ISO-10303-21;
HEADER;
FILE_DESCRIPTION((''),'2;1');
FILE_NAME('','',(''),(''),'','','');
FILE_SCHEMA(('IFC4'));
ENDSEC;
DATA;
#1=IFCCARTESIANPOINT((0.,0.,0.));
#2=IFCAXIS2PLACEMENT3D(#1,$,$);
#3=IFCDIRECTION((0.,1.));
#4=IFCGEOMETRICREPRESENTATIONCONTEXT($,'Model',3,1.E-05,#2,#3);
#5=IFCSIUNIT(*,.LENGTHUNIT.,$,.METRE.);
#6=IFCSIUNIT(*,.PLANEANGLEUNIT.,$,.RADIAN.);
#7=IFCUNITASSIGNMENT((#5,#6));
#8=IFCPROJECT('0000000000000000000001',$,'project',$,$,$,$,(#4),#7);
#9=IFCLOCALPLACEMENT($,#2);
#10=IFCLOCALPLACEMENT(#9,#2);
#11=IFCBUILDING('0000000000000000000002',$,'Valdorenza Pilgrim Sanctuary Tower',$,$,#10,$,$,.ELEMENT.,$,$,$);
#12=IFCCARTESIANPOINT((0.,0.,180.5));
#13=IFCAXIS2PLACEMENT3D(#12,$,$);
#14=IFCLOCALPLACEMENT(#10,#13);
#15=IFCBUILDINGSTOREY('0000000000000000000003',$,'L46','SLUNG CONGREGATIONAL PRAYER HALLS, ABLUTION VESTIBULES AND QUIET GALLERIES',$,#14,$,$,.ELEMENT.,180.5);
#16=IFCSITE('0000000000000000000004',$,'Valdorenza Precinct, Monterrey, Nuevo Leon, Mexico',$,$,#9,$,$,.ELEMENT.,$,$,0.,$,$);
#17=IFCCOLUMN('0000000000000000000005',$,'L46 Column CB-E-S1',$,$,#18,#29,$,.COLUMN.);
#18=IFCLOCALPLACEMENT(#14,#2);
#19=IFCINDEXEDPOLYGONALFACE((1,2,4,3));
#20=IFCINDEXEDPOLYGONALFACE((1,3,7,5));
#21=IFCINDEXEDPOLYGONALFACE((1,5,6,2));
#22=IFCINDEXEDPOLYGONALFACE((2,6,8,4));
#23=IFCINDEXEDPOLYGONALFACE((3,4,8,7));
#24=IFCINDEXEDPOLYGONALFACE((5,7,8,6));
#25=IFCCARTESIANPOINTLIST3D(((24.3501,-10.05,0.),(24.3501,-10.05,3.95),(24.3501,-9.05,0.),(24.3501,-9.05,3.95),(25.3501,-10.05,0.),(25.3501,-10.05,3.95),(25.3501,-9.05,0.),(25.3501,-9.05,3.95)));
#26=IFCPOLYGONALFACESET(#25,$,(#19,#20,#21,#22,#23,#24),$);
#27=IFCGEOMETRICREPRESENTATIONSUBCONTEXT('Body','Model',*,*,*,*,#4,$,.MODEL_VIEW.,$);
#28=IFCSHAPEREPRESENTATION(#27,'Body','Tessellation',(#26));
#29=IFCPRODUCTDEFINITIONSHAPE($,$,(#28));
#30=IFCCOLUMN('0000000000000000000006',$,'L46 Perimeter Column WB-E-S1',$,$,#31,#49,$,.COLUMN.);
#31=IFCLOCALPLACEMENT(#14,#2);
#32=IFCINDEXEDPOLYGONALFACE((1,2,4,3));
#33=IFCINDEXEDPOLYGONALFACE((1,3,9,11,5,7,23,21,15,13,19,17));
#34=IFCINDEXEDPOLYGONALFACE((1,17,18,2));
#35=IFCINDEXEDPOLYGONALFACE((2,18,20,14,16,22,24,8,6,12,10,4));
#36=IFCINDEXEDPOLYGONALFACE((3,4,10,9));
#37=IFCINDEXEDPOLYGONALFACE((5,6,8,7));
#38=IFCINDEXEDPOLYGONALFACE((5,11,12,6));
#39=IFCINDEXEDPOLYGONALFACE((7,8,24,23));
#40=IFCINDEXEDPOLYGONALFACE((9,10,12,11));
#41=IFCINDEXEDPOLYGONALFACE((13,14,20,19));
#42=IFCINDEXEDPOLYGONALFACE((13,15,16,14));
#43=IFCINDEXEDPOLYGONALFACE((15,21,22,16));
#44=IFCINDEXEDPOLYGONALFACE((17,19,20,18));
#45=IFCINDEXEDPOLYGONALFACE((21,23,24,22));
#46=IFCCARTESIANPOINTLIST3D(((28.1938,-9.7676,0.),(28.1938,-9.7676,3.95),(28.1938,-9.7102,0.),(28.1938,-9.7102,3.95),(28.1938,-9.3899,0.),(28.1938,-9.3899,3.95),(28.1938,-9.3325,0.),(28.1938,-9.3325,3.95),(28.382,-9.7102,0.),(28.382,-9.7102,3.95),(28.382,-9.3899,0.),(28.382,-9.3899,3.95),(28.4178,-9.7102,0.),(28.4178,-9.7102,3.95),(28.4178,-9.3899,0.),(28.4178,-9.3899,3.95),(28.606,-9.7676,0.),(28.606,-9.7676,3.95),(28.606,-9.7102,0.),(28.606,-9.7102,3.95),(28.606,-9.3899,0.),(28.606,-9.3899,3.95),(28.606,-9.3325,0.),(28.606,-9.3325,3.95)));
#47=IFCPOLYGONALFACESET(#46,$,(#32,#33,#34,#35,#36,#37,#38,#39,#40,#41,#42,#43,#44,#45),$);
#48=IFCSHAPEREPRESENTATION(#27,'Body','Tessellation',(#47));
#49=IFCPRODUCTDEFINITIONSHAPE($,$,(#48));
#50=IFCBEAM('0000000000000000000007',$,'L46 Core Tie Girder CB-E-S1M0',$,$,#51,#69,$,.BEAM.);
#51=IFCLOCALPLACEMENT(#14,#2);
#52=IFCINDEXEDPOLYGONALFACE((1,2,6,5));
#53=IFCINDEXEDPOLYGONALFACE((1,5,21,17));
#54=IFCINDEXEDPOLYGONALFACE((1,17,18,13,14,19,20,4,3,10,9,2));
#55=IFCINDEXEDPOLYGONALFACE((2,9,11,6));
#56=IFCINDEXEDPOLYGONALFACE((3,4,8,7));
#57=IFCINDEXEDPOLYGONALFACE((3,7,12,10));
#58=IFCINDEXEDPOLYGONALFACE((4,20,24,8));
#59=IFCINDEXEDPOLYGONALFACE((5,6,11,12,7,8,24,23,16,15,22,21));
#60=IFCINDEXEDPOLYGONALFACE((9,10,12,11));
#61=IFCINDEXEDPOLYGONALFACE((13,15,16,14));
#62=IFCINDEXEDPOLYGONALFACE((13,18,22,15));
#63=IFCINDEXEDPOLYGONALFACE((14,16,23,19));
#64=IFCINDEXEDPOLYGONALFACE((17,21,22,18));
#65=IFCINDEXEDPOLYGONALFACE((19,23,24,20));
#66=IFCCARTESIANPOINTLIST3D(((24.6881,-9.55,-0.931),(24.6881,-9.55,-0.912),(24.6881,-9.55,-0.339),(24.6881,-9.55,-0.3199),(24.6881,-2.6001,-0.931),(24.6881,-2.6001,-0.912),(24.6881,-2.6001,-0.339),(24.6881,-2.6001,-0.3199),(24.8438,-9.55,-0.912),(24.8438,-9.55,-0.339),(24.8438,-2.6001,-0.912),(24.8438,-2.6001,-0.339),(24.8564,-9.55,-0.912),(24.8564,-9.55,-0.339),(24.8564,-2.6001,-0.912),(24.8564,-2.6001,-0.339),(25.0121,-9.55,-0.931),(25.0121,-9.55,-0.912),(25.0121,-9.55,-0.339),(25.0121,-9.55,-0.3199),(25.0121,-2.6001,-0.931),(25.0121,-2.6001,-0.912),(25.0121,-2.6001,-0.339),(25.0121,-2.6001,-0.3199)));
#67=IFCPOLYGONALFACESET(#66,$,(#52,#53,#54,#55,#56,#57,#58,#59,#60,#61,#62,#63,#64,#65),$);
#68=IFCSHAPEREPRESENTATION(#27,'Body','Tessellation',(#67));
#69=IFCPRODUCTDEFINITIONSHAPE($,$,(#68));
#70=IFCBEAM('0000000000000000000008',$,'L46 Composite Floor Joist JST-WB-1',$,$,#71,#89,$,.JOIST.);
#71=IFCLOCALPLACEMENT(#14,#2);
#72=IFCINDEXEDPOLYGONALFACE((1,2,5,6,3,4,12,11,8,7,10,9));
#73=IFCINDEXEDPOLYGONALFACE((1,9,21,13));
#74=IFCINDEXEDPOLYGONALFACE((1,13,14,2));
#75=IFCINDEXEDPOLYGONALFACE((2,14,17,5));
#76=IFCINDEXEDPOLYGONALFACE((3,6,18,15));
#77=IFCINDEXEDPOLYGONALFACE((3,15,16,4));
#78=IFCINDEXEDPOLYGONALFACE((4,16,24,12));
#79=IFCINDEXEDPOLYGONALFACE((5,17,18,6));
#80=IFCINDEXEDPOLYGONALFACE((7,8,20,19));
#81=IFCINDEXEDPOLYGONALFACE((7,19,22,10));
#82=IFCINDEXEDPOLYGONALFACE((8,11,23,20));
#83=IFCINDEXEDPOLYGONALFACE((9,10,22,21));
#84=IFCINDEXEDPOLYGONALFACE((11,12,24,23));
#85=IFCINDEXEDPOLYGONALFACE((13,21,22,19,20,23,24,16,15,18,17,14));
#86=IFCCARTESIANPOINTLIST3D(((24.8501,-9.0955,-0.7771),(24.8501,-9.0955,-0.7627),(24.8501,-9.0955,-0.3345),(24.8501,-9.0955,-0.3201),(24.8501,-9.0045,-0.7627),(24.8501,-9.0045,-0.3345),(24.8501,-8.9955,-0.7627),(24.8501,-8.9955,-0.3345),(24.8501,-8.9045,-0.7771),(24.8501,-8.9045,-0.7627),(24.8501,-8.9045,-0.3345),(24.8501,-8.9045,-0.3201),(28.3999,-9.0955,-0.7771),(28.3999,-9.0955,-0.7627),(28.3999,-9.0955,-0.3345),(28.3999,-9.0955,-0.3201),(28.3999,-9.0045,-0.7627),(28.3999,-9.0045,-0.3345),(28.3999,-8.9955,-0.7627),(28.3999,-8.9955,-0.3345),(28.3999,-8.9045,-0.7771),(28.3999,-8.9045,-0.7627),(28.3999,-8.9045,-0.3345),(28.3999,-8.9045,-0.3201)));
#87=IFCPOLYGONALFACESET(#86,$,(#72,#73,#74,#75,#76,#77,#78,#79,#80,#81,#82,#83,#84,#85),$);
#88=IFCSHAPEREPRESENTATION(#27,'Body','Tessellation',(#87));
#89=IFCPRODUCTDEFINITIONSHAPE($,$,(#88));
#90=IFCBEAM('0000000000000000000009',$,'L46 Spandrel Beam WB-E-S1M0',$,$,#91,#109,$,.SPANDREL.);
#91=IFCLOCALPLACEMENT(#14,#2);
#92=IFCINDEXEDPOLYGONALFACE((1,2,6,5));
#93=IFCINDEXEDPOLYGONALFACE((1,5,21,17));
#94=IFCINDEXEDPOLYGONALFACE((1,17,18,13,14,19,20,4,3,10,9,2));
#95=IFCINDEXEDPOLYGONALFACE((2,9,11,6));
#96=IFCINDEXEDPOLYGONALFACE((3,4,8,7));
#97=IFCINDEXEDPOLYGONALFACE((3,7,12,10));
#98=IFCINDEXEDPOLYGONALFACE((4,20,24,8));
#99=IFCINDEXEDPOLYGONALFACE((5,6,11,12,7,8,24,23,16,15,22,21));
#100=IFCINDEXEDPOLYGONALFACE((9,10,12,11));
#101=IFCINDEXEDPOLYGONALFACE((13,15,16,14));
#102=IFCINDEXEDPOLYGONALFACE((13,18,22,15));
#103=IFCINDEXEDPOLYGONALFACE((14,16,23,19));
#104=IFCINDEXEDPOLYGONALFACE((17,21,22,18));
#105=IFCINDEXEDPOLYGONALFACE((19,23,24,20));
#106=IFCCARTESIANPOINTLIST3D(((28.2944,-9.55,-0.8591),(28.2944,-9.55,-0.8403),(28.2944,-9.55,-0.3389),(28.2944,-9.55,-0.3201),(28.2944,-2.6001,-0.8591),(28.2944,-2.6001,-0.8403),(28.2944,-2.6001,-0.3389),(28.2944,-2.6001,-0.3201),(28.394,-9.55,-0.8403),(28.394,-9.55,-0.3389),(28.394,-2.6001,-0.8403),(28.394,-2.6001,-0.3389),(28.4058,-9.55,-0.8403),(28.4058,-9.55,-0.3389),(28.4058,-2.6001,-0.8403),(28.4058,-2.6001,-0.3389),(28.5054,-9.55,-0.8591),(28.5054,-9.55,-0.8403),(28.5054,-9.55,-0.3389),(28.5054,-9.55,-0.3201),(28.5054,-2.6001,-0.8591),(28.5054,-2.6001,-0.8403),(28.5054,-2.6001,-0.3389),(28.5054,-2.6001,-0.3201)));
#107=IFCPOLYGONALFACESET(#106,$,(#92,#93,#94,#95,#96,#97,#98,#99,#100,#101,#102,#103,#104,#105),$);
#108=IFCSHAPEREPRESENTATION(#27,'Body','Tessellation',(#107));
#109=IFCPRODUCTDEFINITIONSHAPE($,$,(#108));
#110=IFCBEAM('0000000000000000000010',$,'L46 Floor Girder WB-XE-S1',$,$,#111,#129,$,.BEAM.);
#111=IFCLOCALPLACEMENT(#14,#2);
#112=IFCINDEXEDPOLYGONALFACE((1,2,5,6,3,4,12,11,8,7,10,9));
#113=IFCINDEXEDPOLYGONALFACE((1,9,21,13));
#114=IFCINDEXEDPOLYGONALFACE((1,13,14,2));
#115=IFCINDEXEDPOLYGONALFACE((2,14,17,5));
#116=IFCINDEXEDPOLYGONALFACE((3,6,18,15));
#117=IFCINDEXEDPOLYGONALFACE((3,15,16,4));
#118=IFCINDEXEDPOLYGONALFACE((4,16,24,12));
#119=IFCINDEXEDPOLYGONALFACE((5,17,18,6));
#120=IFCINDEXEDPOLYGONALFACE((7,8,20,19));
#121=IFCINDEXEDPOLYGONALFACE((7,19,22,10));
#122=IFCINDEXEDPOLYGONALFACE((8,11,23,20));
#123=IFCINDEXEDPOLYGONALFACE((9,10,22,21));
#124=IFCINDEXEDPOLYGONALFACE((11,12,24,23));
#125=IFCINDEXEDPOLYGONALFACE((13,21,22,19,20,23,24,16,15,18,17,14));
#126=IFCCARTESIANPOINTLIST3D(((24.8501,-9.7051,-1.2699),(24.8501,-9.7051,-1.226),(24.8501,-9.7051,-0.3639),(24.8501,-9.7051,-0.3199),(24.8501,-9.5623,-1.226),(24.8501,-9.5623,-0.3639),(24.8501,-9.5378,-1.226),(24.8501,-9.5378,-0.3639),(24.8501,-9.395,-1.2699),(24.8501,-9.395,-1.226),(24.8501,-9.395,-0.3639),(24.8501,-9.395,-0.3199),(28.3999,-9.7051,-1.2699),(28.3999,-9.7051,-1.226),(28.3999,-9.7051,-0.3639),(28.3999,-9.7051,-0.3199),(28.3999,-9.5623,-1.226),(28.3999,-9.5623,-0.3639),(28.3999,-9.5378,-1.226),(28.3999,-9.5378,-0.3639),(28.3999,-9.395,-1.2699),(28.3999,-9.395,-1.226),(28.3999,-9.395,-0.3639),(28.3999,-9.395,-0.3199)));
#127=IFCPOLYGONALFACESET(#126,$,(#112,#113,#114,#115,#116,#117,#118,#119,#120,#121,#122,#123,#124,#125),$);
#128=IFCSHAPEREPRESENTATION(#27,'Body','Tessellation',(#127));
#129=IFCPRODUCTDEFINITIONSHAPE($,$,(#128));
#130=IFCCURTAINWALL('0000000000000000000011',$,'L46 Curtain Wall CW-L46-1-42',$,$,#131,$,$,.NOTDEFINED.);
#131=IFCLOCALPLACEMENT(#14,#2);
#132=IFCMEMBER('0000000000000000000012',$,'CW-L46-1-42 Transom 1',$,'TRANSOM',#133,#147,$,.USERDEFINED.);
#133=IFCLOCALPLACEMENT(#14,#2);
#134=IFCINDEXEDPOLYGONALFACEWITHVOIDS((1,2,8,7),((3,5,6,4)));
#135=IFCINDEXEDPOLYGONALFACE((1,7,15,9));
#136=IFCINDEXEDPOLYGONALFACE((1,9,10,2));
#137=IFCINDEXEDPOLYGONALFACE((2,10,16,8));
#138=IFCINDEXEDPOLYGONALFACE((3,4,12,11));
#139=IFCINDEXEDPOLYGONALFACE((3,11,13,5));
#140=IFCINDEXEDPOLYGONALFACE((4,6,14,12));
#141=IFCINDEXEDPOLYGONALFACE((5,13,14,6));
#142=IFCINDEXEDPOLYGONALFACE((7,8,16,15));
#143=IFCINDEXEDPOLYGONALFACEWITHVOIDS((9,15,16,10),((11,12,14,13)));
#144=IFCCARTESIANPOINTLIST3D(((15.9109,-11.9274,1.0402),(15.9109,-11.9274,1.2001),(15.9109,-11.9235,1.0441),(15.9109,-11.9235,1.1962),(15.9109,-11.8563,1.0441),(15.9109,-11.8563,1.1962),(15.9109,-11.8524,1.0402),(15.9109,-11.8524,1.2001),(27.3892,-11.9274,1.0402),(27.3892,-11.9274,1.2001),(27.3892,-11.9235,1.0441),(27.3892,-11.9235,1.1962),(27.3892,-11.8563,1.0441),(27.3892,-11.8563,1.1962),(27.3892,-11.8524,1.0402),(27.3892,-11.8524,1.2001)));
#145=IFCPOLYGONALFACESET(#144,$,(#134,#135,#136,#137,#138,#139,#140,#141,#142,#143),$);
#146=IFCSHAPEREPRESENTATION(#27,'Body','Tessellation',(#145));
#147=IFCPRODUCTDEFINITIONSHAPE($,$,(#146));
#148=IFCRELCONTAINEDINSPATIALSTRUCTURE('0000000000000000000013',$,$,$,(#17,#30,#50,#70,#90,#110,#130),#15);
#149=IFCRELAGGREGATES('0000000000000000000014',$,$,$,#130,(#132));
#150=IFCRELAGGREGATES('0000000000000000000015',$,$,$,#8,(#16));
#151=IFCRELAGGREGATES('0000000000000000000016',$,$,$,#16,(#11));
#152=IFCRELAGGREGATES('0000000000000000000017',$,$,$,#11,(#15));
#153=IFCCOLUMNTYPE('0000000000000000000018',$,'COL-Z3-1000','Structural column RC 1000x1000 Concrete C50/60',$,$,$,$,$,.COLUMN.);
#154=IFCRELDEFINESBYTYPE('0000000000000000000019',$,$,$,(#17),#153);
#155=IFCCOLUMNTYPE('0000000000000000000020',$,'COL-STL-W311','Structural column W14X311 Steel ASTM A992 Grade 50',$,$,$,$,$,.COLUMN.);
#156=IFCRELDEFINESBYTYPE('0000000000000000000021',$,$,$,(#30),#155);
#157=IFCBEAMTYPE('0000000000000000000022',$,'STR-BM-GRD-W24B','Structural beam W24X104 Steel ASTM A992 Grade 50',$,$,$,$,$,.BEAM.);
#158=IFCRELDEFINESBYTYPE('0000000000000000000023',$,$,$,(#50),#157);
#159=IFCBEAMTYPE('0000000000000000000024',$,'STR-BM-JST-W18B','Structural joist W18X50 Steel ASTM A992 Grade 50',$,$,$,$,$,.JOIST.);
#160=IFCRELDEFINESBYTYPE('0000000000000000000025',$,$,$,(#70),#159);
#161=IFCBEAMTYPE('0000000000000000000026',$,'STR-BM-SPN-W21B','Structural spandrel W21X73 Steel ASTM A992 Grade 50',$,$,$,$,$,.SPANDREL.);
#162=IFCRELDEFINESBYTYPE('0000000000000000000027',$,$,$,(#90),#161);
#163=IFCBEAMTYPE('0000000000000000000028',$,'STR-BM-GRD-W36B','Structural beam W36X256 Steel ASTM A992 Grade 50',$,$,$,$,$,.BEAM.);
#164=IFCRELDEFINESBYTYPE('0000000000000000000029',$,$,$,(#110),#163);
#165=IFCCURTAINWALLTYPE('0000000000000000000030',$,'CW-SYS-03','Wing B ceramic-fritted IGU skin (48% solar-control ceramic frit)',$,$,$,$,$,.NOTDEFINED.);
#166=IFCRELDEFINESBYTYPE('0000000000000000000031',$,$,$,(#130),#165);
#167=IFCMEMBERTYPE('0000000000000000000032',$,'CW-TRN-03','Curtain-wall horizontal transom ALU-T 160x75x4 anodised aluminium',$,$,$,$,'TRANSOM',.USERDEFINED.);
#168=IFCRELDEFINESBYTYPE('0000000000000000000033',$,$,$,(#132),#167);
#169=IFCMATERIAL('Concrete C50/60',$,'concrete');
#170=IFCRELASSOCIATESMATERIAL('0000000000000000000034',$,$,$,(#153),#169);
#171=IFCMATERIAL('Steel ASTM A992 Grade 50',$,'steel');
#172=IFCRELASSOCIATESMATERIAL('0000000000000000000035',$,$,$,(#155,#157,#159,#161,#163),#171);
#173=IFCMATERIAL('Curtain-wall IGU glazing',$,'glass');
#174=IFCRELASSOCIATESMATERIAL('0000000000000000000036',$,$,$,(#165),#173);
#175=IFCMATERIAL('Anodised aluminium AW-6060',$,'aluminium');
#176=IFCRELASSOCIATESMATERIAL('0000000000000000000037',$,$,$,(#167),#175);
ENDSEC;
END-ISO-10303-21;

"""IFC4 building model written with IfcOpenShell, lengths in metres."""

from ifc_helpers import new_model, si_unit, direction, frame, origin, origin_2d, place, context, subcontext, project, spatial, rectangle, hollow_rectangle, i_section, extrude, source, transform, mapped, material, material_profile, profile_set, type_object, element, aggregate, save


model = new_model("IFC4")

# Units and contexts
model_context = context("Model", 3, precision=1e-05, world=origin(), true_north=direction((0.0, 1.0)))
body_context = subcontext(model_context, "Body", "Model", "MODEL_VIEW")
ifc_project = project(units=[si_unit("LENGTHUNIT", "METRE"), si_unit("PLANEANGLEUNIT", "RADIAN")], contexts=[model_context])

# Site, building, storey
site_placement = place(None, origin())
site = spatial("IfcSite", under=ifc_project, at=site_placement, Name="Valdorenza Precinct, Monterrey, Nuevo Leon, Mexico", CompositionType="ELEMENT", RefElevation=0.0)
building_placement = place(site_placement, origin())
building = spatial("IfcBuilding", under=site, at=building_placement, Name="Valdorenza Pilgrim Sanctuary Tower", CompositionType="ELEMENT")
storey_placement = place(building_placement, frame((0.0, 0.0, 180.5)))
storey = spatial("IfcBuildingStorey", under=building, at=storey_placement, Name="L46", Description="SLUNG CONGREGATIONAL PRAYER HALLS, ABLUTION VESTIBULES AND QUIET GALLERIES", CompositionType="ELEMENT", Elevation=180.5)

# Columns
ifc_material_1 = material(Name="Concrete C50/60", Category="concrete")
ifc_material_profile_1 = material_profile(ifc_material_1, rectangle(XDim=1.0, YDim=1.0, at=origin_2d()), Name="RC 1000x1000")
ifc_profile_set_1 = profile_set([ifc_material_profile_1], Name="Concrete C50/60")
column_type_1 = type_object("IfcColumnType", Name="COL-Z3-1000", Description="Structural column RC 1000x1000 Concrete C50/60", PredefinedType="COLUMN", material=ifc_profile_set_1)
shared_shape_1 = source(origin(), body_context, "Body", "SweptSolid", [
    extrude(rectangle(XDim=1.0, YDim=1.0, at=origin_2d()), origin(), (0.0, 0.0, 1.0), 3.95),
])
column_1_placement = place(storey_placement, frame((24.8501, -9.55, 0.0), z_axis=(0.0, 0.0, 1.0), x_axis=(1.0, 0.0, 0.0)))
element("IfcColumn", 1, at=column_1_placement, inside=storey, type_object=column_type_1, Name="L46 Column CB-E-S1", PredefinedType="COLUMN", context=body_context, shape_type="MappedRepresentation", body=[
    mapped(shared_shape_1, transform((0.0, 0.0, 0.0), x_axis=(1.0, 0.0, 0.0), y_axis=(0.0, 1.0, 0.0), z_axis=(0.0, 0.0, 1.0), scale=1.0)),
])
ifc_material_2 = material(Name="Steel ASTM A992 Grade 50", Category="steel")
ifc_material_profile_2 = material_profile(ifc_material_2, i_section(OverallWidth=0.4121, OverallDepth=0.4351, WebThickness=0.0359, FlangeThickness=0.0574, at=origin_2d()), Name="W14X311")
ifc_profile_set_2 = profile_set([ifc_material_profile_2], Name="Steel ASTM A992 Grade 50")
column_type_2 = type_object("IfcColumnType", Name="COL-STL-W311", Description="Structural column W14X311 Steel ASTM A992 Grade 50", PredefinedType="COLUMN", material=ifc_profile_set_2)
shared_shape_2 = source(origin(), body_context, "Body", "SweptSolid", [
    extrude(i_section(OverallWidth=0.4121, OverallDepth=0.4351, WebThickness=0.0359, FlangeThickness=0.0574, at=origin_2d()), origin(), (0.0, 0.0, 1.0), 3.95),
])
column_2_placement = place(storey_placement, frame((28.3999, -9.55, 0.0), z_axis=(0.0, 0.0, 1.0), x_axis=(1.0, 0.0, 0.0)))
element("IfcColumn", 2, at=column_2_placement, inside=storey, type_object=column_type_2, Name="L46 Perimeter Column WB-E-S1", PredefinedType="COLUMN", context=body_context, shape_type="MappedRepresentation", body=[
    mapped(shared_shape_2, transform((0.0, 0.0, 0.0), x_axis=(1.0, 0.0, 0.0), y_axis=(0.0, 1.0, 0.0), z_axis=(0.0, 0.0, 1.0), scale=1.0)),
])

# Beams
ifc_material_profile_3 = material_profile(ifc_material_2, i_section(OverallWidth=0.324, OverallDepth=0.6111, WebThickness=0.0127, FlangeThickness=0.019, at=origin_2d()), Name="W24X104")
ifc_profile_set_3 = profile_set([ifc_material_profile_3], Name="Steel ASTM A992 Grade 50")
beam_type_1 = type_object("IfcBeamType", Name="STR-BM-GRD-W24B", Description="Structural beam W24X104 Steel ASTM A992 Grade 50", PredefinedType="BEAM", material=ifc_profile_set_3)
shared_shape_3 = source(origin(), body_context, "Body", "SweptSolid", [
    extrude(i_section(OverallWidth=0.324, OverallDepth=0.6111, WebThickness=0.0127, FlangeThickness=0.019, at=origin_2d()), origin(), (0.0, 0.0, 1.0), 6.95),
])
beam_1_placement = place(storey_placement, frame((24.8501, -9.55, -0.6255), z_axis=(0.0, 1.0, 0.0), x_axis=(-1.0, 0.0, 0.0)))
element("IfcBeam", 3, at=beam_1_placement, inside=storey, type_object=beam_type_1, Name="L46 Core Tie Girder CB-E-S1M0", PredefinedType="BEAM", context=body_context, shape_type="MappedRepresentation", body=[
    mapped(shared_shape_3, transform((0.0, 0.0, 0.0), x_axis=(1.0, 0.0, 0.0), y_axis=(0.0, 1.0, 0.0), z_axis=(0.0, 0.0, 1.0), scale=1.0)),
])
ifc_material_profile_4 = material_profile(ifc_material_2, i_section(OverallWidth=0.1909, OverallDepth=0.457, WebThickness=0.009, FlangeThickness=0.0144, at=origin_2d()), Name="W18X50")
ifc_profile_set_4 = profile_set([ifc_material_profile_4], Name="Steel ASTM A992 Grade 50")
beam_type_2 = type_object("IfcBeamType", Name="STR-BM-JST-W18B", Description="Structural joist W18X50 Steel ASTM A992 Grade 50", PredefinedType="JOIST", material=ifc_profile_set_4)
shared_shape_4 = source(origin(), body_context, "Body", "SweptSolid", [
    extrude(i_section(OverallWidth=0.1909, OverallDepth=0.457, WebThickness=0.009, FlangeThickness=0.0144, at=origin_2d()), origin(), (0.0, 0.0, 1.0), 3.5498),
])
beam_2_placement = place(storey_placement, frame((24.8501, -9.0, -0.5486), z_axis=(1.0, 0.0, 0.0), x_axis=(0.0, 1.0, 0.0)))
element("IfcBeam", 4, at=beam_2_placement, inside=storey, type_object=beam_type_2, Name="L46 Composite Floor Joist JST-WB-1", PredefinedType="JOIST", context=body_context, shape_type="MappedRepresentation", body=[
    mapped(shared_shape_4, transform((0.0, 0.0, 0.0), x_axis=(1.0, 0.0, 0.0), y_axis=(0.0, 1.0, 0.0), z_axis=(0.0, 0.0, 1.0), scale=1.0)),
])
ifc_material_profile_5 = material_profile(ifc_material_2, i_section(OverallWidth=0.2109, OverallDepth=0.5391, WebThickness=0.0117, FlangeThickness=0.0188, at=origin_2d()), Name="W21X73")
ifc_profile_set_5 = profile_set([ifc_material_profile_5], Name="Steel ASTM A992 Grade 50")
beam_type_3 = type_object("IfcBeamType", Name="STR-BM-SPN-W21B", Description="Structural spandrel W21X73 Steel ASTM A992 Grade 50", PredefinedType="SPANDREL", material=ifc_profile_set_5)
shared_shape_5 = source(origin(), body_context, "Body", "SweptSolid", [
    extrude(i_section(OverallWidth=0.2109, OverallDepth=0.5391, WebThickness=0.0117, FlangeThickness=0.0188, at=origin_2d()), origin(), (0.0, 0.0, 1.0), 6.95),
])
beam_3_placement = place(storey_placement, frame((28.3999, -9.55, -0.5896), z_axis=(0.0, 1.0, 0.0), x_axis=(-1.0, 0.0, 0.0)))
element("IfcBeam", 5, at=beam_3_placement, inside=storey, type_object=beam_type_3, Name="L46 Spandrel Beam WB-E-S1M0", PredefinedType="SPANDREL", context=body_context, shape_type="MappedRepresentation", body=[
    mapped(shared_shape_5, transform((0.0, 0.0, 0.0), x_axis=(1.0, 0.0, 0.0), y_axis=(0.0, 1.0, 0.0), z_axis=(0.0, 0.0, 1.0), scale=1.0)),
])
ifc_material_profile_6 = material_profile(ifc_material_2, i_section(OverallWidth=0.3101, OverallDepth=0.95, WebThickness=0.0244, FlangeThickness=0.0439, at=origin_2d()), Name="W36X256")
ifc_profile_set_6 = profile_set([ifc_material_profile_6], Name="Steel ASTM A992 Grade 50")
beam_type_4 = type_object("IfcBeamType", Name="STR-BM-GRD-W36B", Description="Structural beam W36X256 Steel ASTM A992 Grade 50", PredefinedType="BEAM", material=ifc_profile_set_6)
shared_shape_6 = source(origin(), body_context, "Body", "SweptSolid", [
    extrude(i_section(OverallWidth=0.3101, OverallDepth=0.95, WebThickness=0.0244, FlangeThickness=0.0439, at=origin_2d()), origin(), (0.0, 0.0, 1.0), 3.5498),
])
beam_4_placement = place(storey_placement, frame((24.8501, -9.55, -0.7949), z_axis=(1.0, 0.0, 0.0), x_axis=(0.0, 1.0, 0.0)))
element("IfcBeam", 6, at=beam_4_placement, inside=storey, type_object=beam_type_4, Name="L46 Floor Girder WB-XE-S1", PredefinedType="BEAM", context=body_context, shape_type="MappedRepresentation", body=[
    mapped(shared_shape_6, transform((0.0, 0.0, 0.0), x_axis=(1.0, 0.0, 0.0), y_axis=(0.0, 1.0, 0.0), z_axis=(0.0, 0.0, 1.0), scale=1.0)),
])

# Curtain wall, member
ifc_material_3 = material(Name="Curtain-wall IGU glazing", Category="glass")
curtain_wall_type = type_object("IfcCurtainWallType", Name="CW-SYS-03", Description="Wing B ceramic-fritted IGU skin (48% solar-control ceramic frit)", PredefinedType="NOTDEFINED", material=ifc_material_3)
curtain_wall_1_placement = place(storey_placement, origin())
curtain_wall_1 = element("IfcCurtainWall", 7, at=curtain_wall_1_placement, inside=storey, type_object=curtain_wall_type, Name="L46 Curtain Wall CW-L46-1-42", PredefinedType="NOTDEFINED")
ifc_material_4 = material(Name="Anodised aluminium AW-6060", Category="aluminium")
ifc_material_profile_7 = material_profile(ifc_material_4, hollow_rectangle(XDim=0.075, YDim=0.1599, WallThickness=0.0039, at=origin_2d()), Name="ALU-T 160x75x4")
ifc_profile_set_7 = profile_set([ifc_material_profile_7], Name="Anodised aluminium AW-6060")
member_type_1 = type_object("IfcMemberType", Name="CW-TRN-03", Description="Curtain-wall horizontal transom ALU-T 160x75x4 anodised aluminium", ElementType="TRANSOM", PredefinedType="USERDEFINED", material=ifc_profile_set_7)
shared_shape_7 = source(origin(), body_context, "Body", "SweptSolid", [
    extrude(hollow_rectangle(XDim=0.075, YDim=0.1599, WallThickness=0.0039, at=origin_2d()), origin(), (0.0, 0.0, 1.0), 11.4783),
])
member_1_placement = place(storey_placement, frame((27.3892, -11.8899, 1.1201), z_axis=(-1.0, 0.0, 0.0), x_axis=(0.0, -1.0, 0.0)))
member_1 = element("IfcMember", 8, at=member_1_placement, type_object=member_type_1, Name="CW-L46-1-42 Transom 1", ObjectType="TRANSOM", PredefinedType="USERDEFINED", context=body_context, shape_type="MappedRepresentation", body=[
    mapped(shared_shape_7, transform((0.0, 0.0, 0.0), x_axis=(1.0, 0.0, 0.0), y_axis=(0.0, 1.0, 0.0), z_axis=(0.0, 0.0, 1.0), scale=1.0)),
])

aggregate(curtain_wall_1, [member_1])

save(model, "model.ifc")
